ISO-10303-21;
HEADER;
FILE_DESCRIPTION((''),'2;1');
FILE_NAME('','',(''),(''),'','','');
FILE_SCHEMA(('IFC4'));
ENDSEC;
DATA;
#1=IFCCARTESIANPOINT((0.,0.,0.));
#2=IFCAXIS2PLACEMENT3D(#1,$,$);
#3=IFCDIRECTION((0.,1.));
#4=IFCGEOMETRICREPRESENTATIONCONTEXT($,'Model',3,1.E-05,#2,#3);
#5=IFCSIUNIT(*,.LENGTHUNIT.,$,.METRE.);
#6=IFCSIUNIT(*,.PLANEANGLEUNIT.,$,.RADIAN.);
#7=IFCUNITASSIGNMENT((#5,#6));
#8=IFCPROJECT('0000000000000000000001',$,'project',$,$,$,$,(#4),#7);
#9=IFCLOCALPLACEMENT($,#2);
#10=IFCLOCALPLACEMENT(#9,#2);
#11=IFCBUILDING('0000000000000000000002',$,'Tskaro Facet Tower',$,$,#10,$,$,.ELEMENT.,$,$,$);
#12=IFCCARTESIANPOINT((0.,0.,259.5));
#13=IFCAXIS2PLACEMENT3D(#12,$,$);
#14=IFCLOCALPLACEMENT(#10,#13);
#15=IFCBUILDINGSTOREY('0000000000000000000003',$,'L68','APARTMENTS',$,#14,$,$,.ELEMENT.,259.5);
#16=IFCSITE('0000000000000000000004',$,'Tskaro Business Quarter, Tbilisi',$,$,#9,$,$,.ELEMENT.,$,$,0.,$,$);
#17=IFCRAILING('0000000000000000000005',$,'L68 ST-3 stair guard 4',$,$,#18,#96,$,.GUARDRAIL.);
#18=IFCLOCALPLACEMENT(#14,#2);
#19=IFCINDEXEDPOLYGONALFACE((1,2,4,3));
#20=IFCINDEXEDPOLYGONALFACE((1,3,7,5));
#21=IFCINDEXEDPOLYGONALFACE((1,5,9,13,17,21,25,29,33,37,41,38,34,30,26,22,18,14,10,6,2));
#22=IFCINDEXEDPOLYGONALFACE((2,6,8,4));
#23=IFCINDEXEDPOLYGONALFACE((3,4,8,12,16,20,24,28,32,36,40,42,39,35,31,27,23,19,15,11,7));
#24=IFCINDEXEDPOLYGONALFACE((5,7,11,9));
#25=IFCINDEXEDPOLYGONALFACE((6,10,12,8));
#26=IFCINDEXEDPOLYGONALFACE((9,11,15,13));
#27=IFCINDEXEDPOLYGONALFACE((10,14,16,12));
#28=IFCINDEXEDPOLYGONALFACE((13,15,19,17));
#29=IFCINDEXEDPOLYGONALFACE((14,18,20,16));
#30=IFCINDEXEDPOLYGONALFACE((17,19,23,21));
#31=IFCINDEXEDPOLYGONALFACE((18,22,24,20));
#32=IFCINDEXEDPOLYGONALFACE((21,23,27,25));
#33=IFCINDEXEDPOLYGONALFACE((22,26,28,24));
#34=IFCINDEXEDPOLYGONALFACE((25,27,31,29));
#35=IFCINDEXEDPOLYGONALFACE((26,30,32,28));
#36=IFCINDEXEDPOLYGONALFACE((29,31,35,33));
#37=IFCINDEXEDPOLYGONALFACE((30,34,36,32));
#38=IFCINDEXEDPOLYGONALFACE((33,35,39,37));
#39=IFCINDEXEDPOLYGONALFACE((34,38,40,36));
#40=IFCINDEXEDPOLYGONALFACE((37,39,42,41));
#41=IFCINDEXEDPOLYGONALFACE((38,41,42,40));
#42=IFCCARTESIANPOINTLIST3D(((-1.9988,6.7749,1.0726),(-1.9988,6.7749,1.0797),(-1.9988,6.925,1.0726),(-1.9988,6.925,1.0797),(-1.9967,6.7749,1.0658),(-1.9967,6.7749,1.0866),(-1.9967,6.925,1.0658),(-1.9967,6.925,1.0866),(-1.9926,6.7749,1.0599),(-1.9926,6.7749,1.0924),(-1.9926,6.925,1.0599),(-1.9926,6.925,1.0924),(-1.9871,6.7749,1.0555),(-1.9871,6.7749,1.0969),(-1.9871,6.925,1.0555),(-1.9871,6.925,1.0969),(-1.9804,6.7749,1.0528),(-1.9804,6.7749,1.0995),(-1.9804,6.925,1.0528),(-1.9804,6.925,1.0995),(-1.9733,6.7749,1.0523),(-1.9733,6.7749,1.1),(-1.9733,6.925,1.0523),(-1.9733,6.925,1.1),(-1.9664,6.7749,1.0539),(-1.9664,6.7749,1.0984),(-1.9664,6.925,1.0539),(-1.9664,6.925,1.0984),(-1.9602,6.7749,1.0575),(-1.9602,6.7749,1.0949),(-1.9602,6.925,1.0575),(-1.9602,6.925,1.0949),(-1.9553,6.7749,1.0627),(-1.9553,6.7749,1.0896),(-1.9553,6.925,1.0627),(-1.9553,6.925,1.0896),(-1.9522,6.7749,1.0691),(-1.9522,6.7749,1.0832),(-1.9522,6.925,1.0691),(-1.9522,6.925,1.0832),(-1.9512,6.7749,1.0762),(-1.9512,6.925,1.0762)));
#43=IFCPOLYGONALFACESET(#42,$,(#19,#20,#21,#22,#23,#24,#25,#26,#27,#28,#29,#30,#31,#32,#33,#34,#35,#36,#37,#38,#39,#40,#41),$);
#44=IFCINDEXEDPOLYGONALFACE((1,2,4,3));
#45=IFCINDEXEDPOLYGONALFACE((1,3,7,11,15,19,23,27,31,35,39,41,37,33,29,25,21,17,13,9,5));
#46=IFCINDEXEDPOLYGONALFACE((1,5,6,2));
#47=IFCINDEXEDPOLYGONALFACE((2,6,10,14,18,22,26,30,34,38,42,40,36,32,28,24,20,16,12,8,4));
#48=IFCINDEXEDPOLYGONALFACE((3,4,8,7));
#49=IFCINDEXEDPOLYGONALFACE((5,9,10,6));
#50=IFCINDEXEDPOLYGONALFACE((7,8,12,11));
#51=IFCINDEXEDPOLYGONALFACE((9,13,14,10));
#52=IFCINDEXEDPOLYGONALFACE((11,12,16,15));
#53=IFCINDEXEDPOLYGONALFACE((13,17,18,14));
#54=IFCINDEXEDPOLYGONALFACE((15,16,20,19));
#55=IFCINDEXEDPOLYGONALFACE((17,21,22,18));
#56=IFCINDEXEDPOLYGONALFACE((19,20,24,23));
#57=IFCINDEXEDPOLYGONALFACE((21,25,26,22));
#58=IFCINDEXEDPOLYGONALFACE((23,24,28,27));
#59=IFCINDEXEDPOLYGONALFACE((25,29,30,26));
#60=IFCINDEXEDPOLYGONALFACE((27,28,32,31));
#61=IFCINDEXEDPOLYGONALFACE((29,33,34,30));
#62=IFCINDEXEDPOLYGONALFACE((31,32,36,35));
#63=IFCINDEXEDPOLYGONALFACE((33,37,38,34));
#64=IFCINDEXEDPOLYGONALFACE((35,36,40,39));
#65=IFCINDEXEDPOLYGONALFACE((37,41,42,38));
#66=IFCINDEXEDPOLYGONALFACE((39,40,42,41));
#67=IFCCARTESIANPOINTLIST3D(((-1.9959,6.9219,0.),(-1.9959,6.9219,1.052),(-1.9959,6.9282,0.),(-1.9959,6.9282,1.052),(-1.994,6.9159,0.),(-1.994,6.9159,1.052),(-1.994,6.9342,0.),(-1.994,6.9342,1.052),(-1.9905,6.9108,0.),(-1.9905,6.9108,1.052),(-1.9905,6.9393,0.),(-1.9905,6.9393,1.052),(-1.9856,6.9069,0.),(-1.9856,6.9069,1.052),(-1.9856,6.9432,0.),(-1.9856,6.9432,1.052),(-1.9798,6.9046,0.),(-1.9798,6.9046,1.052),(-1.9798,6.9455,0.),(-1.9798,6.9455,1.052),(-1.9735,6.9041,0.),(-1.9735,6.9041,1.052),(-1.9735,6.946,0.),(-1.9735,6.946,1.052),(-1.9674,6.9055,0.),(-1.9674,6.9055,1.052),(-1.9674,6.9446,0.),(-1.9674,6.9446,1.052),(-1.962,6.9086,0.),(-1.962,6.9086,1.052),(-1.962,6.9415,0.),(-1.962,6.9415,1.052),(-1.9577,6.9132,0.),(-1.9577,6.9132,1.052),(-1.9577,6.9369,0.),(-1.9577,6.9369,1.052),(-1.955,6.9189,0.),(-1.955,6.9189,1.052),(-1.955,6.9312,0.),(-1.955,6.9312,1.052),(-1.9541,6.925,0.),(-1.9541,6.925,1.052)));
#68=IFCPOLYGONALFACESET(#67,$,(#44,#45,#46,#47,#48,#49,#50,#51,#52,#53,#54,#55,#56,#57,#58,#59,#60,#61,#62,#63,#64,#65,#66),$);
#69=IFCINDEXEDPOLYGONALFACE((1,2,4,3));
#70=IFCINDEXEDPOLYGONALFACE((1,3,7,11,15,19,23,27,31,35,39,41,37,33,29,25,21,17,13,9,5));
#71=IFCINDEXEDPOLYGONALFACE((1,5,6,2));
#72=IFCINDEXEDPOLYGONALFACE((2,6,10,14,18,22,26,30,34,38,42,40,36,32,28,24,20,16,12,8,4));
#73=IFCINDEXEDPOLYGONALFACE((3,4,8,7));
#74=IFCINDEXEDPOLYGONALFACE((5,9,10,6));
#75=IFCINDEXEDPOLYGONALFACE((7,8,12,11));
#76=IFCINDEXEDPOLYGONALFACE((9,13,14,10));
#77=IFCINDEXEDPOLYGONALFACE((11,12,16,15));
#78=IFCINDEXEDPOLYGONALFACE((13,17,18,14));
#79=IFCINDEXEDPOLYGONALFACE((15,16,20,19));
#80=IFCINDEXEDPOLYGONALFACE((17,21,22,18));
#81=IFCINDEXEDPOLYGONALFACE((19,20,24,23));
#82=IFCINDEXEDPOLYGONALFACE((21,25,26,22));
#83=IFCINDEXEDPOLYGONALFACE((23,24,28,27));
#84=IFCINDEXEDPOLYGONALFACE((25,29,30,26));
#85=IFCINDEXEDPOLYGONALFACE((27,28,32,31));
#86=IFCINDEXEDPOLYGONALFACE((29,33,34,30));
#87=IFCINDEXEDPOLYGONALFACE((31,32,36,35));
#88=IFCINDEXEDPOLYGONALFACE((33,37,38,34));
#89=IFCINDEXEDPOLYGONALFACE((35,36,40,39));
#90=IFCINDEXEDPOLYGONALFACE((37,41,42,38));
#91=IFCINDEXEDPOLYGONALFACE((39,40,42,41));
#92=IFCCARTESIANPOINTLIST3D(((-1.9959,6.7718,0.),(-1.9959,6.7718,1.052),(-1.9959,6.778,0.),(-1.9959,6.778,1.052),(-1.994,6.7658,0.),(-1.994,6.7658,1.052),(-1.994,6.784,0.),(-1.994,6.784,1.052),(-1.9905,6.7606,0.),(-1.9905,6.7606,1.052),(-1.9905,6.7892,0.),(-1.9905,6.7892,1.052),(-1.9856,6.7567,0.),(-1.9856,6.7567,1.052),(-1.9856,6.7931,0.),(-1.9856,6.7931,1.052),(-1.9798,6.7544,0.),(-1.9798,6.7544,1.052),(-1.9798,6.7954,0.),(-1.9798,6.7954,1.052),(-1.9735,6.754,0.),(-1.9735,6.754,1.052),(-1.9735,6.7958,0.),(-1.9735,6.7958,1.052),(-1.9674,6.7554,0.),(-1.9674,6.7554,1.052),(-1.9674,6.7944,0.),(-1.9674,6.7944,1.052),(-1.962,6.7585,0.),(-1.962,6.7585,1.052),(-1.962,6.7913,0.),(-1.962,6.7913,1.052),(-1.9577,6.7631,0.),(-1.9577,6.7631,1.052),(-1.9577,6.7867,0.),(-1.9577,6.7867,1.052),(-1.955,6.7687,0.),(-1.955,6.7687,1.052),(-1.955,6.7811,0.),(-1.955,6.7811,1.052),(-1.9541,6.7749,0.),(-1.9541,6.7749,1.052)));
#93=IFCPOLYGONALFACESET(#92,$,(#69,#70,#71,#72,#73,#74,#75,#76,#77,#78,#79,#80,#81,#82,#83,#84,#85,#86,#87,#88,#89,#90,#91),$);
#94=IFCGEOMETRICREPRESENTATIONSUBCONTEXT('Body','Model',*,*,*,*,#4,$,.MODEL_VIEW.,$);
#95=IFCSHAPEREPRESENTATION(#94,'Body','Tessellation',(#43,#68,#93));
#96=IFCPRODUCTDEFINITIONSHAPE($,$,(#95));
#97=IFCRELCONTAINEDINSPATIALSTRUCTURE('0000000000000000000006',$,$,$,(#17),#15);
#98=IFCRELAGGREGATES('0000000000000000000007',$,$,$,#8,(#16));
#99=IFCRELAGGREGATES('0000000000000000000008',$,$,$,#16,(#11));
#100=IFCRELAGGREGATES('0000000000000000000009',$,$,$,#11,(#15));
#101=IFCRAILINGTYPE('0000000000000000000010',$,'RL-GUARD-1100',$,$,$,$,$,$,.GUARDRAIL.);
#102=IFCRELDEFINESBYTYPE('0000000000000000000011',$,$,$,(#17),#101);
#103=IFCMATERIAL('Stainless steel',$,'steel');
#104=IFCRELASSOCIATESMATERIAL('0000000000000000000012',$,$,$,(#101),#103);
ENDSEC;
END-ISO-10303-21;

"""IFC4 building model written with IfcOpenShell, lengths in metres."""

from ifc_helpers import new_model, si_unit, direction, frame, origin, origin_2d, place, context, subcontext, project, spatial, circle, extrude, material, type_object, element, save


model = new_model("IFC4")

# Units and contexts
model_context = context("Model", 3, precision=1e-05, world=origin(), true_north=direction((0.0, 1.0)))
body_context = subcontext(model_context, "Body", "Model", "MODEL_VIEW")
ifc_project = project(units=[si_unit("LENGTHUNIT", "METRE"), si_unit("PLANEANGLEUNIT", "RADIAN")], contexts=[model_context])

# Site, building, storey
site_placement = place(None, origin())
site = spatial("IfcSite", under=ifc_project, at=site_placement, Name="Tskaro Business Quarter, Tbilisi", CompositionType="ELEMENT", RefElevation=0.0)
building_placement = place(site_placement, origin())
building = spatial("IfcBuilding", under=site, at=building_placement, Name="Tskaro Facet Tower", CompositionType="ELEMENT")
storey_placement = place(building_placement, frame((0.0, 0.0, 259.5)))
storey = spatial("IfcBuildingStorey", under=building, at=storey_placement, Name="L68", Description="APARTMENTS", CompositionType="ELEMENT", Elevation=259.5)

# Railing
ifc_material_1 = material(Name="Stainless steel", Category="steel")
railing_type_1 = type_object("IfcRailingType", Name="RL-GUARD-1100", PredefinedType="GUARDRAIL", material=ifc_material_1)
railing_1_placement = place(storey_placement, frame((-1.9751, 6.925, 0.0)))
element("IfcRailing", 1, at=railing_1_placement, inside=storey, type_object=railing_type_1, Name="L68 ST-3 stair guard 4", PredefinedType="GUARDRAIL", context=body_context, shape_type="SweptSolid", body=[
    extrude(circle(Radius=0.0239, at=origin_2d()), frame((0.0, 0.0, 1.0762), z_axis=(0.0, -1.0, 0.0), x_axis=(1.0, 0.0, 0.0)), (0.0, 0.0, 1.0), 0.1501),
    extrude(circle(Radius=0.021, at=origin_2d()), origin(), (0.0, 0.0, 1.0), 1.052),
    extrude(circle(Radius=0.021, at=origin_2d()), frame((0.0, -0.1501, 0.0)), (0.0, 0.0, 1.0), 1.052),
])

save(model, "model.ifc")
